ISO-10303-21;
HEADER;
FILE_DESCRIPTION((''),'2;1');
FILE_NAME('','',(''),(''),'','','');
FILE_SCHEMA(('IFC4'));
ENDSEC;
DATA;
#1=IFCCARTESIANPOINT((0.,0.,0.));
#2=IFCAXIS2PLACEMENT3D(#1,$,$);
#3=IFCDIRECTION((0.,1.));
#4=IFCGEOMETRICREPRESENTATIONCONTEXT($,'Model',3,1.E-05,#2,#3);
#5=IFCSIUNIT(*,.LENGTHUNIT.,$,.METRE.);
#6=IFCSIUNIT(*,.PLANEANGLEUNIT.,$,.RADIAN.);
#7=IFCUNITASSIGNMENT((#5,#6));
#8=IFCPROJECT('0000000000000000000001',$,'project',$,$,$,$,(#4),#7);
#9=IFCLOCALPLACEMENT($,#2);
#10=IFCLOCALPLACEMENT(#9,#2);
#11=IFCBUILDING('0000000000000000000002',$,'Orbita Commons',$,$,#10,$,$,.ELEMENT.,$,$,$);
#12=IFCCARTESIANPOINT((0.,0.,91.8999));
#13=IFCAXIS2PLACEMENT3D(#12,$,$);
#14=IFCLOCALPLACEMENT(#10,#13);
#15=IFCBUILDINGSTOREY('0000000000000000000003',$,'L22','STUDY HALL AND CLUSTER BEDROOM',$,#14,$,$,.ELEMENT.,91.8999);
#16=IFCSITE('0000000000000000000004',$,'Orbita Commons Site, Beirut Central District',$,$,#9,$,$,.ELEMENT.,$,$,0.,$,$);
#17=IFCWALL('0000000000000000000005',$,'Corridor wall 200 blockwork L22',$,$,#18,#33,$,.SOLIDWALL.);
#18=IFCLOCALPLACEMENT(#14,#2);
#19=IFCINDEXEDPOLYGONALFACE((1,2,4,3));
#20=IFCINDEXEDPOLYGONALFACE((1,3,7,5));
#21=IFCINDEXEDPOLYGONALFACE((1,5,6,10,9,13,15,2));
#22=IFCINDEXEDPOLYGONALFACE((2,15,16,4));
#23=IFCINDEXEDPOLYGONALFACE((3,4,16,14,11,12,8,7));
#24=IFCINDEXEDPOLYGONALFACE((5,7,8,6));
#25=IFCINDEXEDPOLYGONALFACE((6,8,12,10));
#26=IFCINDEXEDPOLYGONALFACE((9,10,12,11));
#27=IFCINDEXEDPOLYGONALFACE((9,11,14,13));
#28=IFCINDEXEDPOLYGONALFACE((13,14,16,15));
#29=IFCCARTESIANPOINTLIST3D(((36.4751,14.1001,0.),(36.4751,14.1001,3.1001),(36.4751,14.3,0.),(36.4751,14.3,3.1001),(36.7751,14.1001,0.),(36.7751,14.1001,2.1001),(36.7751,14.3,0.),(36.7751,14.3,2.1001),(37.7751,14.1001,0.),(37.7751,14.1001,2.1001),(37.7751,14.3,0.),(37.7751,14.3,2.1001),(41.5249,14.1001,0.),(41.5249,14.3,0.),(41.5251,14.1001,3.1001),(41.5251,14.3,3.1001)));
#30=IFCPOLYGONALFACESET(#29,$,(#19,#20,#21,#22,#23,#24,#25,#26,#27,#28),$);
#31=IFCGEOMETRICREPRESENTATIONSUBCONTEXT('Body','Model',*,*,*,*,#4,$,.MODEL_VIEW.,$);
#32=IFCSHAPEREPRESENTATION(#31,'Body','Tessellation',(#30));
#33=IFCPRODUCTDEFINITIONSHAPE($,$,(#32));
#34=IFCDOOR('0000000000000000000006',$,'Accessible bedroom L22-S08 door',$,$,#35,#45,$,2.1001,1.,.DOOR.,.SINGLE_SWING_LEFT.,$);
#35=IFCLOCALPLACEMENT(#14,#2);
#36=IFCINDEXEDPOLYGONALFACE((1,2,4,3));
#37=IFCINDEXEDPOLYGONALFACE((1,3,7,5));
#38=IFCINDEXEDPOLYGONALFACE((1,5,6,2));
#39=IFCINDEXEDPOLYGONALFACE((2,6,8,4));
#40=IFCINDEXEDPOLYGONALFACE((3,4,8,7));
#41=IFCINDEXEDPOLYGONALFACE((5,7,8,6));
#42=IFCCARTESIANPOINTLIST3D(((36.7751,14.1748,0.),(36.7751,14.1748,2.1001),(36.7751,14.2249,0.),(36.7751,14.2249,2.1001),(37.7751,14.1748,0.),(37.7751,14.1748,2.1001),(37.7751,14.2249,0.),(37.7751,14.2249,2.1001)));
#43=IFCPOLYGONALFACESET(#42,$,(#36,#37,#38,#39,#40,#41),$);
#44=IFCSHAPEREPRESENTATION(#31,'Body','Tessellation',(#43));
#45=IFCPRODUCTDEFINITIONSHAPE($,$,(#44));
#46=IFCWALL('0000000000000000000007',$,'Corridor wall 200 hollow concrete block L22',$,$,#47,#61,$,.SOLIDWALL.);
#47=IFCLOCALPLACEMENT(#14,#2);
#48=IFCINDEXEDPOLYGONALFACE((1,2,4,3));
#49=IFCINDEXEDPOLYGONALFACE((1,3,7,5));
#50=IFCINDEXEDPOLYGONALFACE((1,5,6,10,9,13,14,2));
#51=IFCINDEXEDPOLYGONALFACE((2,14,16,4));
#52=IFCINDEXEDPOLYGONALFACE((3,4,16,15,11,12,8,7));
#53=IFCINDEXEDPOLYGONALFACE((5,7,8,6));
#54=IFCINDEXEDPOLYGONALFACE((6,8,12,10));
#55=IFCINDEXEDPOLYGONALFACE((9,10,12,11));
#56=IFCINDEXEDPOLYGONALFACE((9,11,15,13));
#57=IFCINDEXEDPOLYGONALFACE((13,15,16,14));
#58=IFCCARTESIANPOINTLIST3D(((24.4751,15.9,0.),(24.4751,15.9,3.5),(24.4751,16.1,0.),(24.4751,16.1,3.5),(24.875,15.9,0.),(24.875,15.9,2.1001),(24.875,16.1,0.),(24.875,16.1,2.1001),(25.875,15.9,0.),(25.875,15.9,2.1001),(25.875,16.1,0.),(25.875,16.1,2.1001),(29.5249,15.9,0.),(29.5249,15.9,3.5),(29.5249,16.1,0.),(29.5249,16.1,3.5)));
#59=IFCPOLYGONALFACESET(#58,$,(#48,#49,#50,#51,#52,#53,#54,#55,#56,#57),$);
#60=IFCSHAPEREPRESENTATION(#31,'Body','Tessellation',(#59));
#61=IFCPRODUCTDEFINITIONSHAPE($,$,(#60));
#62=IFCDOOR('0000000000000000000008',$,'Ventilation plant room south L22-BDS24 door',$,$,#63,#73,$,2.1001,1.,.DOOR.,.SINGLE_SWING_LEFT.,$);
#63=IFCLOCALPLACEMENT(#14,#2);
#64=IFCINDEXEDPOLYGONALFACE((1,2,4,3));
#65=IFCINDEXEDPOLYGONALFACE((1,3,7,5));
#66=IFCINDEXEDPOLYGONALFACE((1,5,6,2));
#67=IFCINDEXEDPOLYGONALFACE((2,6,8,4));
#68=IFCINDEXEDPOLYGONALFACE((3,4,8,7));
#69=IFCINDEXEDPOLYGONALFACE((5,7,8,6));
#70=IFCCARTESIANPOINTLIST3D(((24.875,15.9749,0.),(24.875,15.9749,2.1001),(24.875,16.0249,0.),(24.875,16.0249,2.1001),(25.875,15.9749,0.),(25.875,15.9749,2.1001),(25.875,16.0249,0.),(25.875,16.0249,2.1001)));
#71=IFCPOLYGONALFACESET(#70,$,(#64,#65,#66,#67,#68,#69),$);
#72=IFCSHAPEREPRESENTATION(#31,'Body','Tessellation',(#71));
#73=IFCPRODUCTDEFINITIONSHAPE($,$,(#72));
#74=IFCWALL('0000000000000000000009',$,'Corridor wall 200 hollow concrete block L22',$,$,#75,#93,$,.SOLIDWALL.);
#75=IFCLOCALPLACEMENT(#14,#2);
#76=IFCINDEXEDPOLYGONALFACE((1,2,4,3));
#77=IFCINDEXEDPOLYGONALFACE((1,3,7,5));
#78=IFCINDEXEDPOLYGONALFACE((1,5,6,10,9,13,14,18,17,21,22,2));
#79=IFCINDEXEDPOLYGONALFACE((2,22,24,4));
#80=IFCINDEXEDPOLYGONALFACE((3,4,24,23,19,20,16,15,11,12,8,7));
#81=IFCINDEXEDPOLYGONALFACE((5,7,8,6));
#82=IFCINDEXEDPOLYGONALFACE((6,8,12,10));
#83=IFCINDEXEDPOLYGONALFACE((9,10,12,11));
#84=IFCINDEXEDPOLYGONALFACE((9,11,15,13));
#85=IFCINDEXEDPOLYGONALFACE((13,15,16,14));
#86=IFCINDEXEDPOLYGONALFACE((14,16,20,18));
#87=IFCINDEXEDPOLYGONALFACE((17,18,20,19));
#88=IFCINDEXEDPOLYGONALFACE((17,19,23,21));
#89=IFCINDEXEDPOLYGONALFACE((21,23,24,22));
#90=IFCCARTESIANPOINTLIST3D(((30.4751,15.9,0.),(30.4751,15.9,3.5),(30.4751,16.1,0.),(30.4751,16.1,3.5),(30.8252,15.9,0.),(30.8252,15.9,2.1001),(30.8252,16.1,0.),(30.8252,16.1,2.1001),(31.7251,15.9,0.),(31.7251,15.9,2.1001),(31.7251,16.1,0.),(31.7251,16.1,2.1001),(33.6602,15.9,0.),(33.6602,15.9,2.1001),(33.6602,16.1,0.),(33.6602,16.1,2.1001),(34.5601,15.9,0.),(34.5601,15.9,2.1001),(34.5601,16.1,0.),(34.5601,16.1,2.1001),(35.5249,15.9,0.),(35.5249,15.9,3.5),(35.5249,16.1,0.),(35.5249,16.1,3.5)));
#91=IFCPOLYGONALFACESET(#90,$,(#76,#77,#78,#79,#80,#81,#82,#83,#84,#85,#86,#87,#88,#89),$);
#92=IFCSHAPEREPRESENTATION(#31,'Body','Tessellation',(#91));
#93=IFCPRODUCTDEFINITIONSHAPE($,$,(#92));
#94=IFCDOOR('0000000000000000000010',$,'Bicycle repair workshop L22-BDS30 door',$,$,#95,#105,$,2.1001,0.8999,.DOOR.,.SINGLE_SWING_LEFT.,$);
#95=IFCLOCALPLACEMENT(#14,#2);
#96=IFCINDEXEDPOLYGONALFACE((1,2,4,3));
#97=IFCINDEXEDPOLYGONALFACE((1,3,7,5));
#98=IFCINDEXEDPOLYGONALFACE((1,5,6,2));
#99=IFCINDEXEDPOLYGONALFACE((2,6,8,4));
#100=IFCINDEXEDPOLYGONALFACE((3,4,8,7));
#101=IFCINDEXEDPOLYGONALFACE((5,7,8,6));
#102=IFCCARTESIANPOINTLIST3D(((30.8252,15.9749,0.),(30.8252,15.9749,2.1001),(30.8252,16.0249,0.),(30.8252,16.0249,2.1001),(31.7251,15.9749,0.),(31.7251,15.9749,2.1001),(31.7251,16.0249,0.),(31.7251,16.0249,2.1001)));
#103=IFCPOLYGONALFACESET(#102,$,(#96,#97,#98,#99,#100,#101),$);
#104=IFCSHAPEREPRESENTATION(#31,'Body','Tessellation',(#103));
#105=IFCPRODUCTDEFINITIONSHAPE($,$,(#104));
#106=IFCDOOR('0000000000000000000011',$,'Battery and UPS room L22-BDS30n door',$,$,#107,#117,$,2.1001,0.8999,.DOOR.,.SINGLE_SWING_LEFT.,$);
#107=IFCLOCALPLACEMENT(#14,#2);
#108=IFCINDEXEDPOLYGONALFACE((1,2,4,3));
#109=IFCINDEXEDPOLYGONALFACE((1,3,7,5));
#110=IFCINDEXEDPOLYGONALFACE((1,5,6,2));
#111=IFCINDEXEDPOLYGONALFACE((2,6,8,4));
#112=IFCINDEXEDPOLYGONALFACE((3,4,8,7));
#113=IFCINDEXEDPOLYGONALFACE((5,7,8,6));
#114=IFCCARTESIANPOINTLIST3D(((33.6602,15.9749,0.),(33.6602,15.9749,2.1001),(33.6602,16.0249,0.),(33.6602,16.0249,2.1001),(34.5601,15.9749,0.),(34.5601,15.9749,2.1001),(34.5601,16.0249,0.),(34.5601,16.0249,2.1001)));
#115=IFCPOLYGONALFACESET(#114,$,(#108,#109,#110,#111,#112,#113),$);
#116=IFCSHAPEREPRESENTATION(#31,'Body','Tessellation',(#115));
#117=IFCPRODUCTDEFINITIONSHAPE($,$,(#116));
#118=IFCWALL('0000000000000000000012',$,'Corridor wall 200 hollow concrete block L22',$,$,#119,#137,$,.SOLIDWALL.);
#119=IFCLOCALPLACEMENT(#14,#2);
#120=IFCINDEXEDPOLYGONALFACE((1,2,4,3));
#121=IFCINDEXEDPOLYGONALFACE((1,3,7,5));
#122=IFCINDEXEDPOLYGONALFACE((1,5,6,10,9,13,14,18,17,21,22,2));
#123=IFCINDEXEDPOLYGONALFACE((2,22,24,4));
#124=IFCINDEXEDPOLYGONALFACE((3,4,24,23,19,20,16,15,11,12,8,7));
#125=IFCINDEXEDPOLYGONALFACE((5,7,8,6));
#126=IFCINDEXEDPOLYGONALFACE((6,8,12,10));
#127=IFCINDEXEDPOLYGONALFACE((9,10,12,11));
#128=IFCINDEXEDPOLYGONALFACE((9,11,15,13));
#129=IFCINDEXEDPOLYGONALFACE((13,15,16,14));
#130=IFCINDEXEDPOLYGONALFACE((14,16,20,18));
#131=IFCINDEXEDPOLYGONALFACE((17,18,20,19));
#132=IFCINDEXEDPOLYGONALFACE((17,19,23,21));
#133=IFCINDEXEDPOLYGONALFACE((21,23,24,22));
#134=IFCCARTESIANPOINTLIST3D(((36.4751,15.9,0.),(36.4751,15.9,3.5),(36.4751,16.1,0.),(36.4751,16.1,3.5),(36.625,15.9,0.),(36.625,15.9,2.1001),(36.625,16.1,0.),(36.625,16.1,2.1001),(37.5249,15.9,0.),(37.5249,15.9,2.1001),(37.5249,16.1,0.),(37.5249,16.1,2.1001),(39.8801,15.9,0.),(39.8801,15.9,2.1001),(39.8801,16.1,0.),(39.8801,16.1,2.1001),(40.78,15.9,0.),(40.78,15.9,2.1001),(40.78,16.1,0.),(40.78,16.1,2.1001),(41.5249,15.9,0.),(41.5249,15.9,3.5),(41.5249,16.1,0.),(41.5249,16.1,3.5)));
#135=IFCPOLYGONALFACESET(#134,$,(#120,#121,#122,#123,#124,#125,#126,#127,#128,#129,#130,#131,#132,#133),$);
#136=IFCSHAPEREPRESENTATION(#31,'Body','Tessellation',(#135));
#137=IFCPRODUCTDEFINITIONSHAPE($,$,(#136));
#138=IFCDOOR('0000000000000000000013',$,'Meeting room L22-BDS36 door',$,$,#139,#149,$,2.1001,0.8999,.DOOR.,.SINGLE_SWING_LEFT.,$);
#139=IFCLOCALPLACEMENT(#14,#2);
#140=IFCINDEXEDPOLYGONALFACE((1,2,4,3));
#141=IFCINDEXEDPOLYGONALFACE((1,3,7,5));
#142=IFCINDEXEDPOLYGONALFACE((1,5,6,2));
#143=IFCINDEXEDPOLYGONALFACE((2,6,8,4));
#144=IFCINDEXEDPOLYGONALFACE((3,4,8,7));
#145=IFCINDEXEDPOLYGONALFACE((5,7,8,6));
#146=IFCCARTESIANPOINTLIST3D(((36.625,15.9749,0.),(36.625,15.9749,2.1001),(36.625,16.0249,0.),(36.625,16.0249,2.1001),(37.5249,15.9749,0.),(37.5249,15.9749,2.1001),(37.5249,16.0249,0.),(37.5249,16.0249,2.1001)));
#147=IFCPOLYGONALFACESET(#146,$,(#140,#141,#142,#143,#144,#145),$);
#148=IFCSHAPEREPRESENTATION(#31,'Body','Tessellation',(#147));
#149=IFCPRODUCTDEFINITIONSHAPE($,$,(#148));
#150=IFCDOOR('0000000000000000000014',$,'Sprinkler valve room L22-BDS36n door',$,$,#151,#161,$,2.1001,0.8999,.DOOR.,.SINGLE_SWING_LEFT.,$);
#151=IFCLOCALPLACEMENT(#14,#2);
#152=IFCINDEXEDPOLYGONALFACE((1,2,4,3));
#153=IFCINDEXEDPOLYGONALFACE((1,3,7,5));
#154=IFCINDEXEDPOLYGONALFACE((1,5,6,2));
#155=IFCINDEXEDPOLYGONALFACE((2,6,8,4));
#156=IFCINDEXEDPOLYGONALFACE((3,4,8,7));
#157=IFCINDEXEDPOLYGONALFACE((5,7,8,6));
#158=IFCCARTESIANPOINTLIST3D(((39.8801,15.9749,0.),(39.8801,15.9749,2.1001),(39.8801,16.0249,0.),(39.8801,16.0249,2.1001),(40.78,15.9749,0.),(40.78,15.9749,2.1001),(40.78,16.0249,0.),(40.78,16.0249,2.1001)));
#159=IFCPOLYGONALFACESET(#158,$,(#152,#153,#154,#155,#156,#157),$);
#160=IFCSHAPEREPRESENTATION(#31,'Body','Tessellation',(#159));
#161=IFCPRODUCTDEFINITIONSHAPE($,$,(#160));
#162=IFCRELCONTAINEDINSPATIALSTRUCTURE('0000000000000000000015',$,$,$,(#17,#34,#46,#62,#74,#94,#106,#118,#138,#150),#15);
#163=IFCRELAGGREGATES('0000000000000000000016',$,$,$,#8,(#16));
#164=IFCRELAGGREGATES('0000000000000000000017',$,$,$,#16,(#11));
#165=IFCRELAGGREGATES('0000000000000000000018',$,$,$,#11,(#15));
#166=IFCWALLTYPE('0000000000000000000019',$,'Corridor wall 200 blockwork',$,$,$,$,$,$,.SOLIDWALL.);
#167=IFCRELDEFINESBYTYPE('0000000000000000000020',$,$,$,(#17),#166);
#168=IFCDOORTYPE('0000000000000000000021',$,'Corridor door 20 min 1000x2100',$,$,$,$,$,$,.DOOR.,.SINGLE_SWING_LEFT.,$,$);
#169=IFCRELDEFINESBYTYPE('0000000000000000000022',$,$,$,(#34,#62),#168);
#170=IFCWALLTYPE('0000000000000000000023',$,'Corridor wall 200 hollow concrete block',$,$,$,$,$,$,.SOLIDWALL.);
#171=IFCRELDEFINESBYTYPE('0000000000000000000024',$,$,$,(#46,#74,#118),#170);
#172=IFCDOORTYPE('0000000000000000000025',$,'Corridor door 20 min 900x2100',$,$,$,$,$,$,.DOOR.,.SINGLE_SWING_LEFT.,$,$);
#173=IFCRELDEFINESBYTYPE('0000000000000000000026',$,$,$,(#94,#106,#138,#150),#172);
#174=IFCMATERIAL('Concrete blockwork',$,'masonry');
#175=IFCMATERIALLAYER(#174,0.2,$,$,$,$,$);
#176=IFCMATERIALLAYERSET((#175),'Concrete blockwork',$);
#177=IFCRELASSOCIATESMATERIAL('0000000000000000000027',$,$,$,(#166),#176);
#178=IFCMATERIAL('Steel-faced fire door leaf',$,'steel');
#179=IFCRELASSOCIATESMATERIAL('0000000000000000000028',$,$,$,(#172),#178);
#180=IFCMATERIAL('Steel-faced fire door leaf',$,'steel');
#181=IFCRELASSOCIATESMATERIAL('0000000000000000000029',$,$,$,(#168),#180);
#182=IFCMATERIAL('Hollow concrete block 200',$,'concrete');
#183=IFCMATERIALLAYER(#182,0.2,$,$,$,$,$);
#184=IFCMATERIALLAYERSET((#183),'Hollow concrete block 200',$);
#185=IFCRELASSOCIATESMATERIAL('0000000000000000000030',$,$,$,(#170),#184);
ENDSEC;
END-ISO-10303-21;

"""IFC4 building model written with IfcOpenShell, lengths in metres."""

from ifc_helpers import new_model, si_unit, direction, frame, frame_2d, origin, place, context, subcontext, project, spatial, polyline, rectangle, outline, extrude, material, layer, layer_set, type_object, element, fill, save


model = new_model("IFC4")

# Units and contexts
model_context = context("Model", 3, precision=1e-05, world=origin(), true_north=direction((0.0, 1.0)))
body_context = subcontext(model_context, "Body", "Model", "MODEL_VIEW")
ifc_project = project(units=[si_unit("LENGTHUNIT", "METRE"), si_unit("PLANEANGLEUNIT", "RADIAN")], contexts=[model_context])

# Site, building, storey
site_placement = place(None, origin())
site = spatial("IfcSite", under=ifc_project, at=site_placement, Name="Orbita Commons Site, Beirut Central District", CompositionType="ELEMENT", RefElevation=0.0)
building_placement = place(site_placement, origin())
building = spatial("IfcBuilding", under=site, at=building_placement, Name="Orbita Commons", CompositionType="ELEMENT")
storey_placement = place(building_placement, frame((0.0, 0.0, 91.8999)))
storey = spatial("IfcBuildingStorey", under=building, at=storey_placement, Name="L22", Description="STUDY HALL AND CLUSTER BEDROOM", CompositionType="ELEMENT", Elevation=91.8999)

# Shared definitions
ifc_material_1 = material(Name="Concrete blockwork", Category="masonry")
ifc_layer_1 = layer(ifc_material_1, 0.2)
ifc_layer_set_1 = layer_set([ifc_layer_1], Name="Concrete blockwork")
wall_type_1 = type_object("IfcWallType", Name="Corridor wall 200 blockwork", PredefinedType="SOLIDWALL", material=ifc_layer_set_1)
ifc_material_2 = material(Name="Steel-faced fire door leaf", Category="steel")
door_type_1 = type_object("IfcDoorType", Name="Corridor door 20 min 900x2100", OperationType="SINGLE_SWING_LEFT", PredefinedType="DOOR", material=ifc_material_2)

# Walls, openings, doors
wall_1_placement = place(storey_placement, frame((36.4751, 14.2, 0.0), z_axis=(0.0, 0.0, 1.0), x_axis=(1.0, 0.0, 0.0)))
wall_1 = element("IfcWall", 1, at=wall_1_placement, inside=storey, type_object=wall_type_1, Name="Corridor wall 200 blockwork L22", PredefinedType="SOLIDWALL", context=body_context, shape_type="SweptSolid", body=[
    extrude(outline(polyline([(0.0, 0.0), (5.0498, 0.0), (5.05, 3.1001), (0.0, 3.1001), (0.0, 0.0)])), frame((0.0, 0.1001, 0.0), z_axis=(0.0, -1.0, 0.0), x_axis=(1.0, 0.0, 0.0)), (0.0, 0.0, 1.0), 0.2),
])
opening_1_placement = place(wall_1_placement, frame((0.3, 0.0, 0.0)))
opening_1 = element("IfcOpeningElement", 2, at=opening_1_placement, cuts=wall_1, PredefinedType="OPENING", context=body_context, shape_type="SweptSolid", body=[
    extrude(rectangle(XDim=1.0, YDim=2.1001, at=frame_2d((0.5, 1.05))), frame((0.0, 0.1099, 0.0), z_axis=(0.0, -1.0, 0.0), x_axis=(1.0, 0.0, 0.0)), (0.0, 0.0, 1.0), 0.22),
])
ifc_material_3 = material(Name="Steel-faced fire door leaf", Category="steel")
door_type_2 = type_object("IfcDoorType", Name="Corridor door 20 min 1000x2100", OperationType="SINGLE_SWING_LEFT", PredefinedType="DOOR", material=ifc_material_3)
door_1_placement = place(opening_1_placement, origin())
door_1 = element("IfcDoor", 3, at=door_1_placement, inside=storey, type_object=door_type_2, Name="Accessible bedroom L22-S08 door", OperationType="SINGLE_SWING_LEFT", OverallHeight=2.1001, OverallWidth=1.0, PredefinedType="DOOR", context=body_context, shape_type="SweptSolid", body=[
    extrude(rectangle(XDim=1.0, YDim=2.1001, at=frame_2d((0.5, 1.05))), frame((0.0, 0.0249, 0.0), z_axis=(0.0, -1.0, 0.0), x_axis=(1.0, 0.0, 0.0)), (0.0, 0.0, 1.0), 0.05),
])
fill(opening_1, door_1)
ifc_material_4 = material(Name="Hollow concrete block 200", Category="concrete")
ifc_layer_2 = layer(ifc_material_4, 0.2)
ifc_layer_set_2 = layer_set([ifc_layer_2], Name="Hollow concrete block 200")
wall_type_2 = type_object("IfcWallType", Name="Corridor wall 200 hollow concrete block", PredefinedType="SOLIDWALL", material=ifc_layer_set_2)
wall_2_placement = place(storey_placement, frame((24.4751, 16.0, 0.0), z_axis=(0.0, 0.0, 1.0), x_axis=(1.0, 0.0, 0.0)))
wall_2 = element("IfcWall", 4, at=wall_2_placement, inside=storey, type_object=wall_type_2, Name="Corridor wall 200 hollow concrete block L22", PredefinedType="SOLIDWALL", context=body_context, shape_type="SweptSolid", body=[
    extrude(rectangle(XDim=5.0498, YDim=0.2, at=frame_2d((2.5249, 0.0))), origin(), (0.0, 0.0, 1.0), 3.5),
])
opening_2_placement = place(wall_2_placement, frame((0.3999, 0.0, 0.0)))
opening_2 = element("IfcOpeningElement", 5, at=opening_2_placement, cuts=wall_2, PredefinedType="OPENING", context=body_context, shape_type="SweptSolid", body=[
    extrude(rectangle(XDim=1.0, YDim=2.1001, at=frame_2d((0.5, 1.05))), frame((0.0, 0.1099, 0.0), z_axis=(0.0, -1.0, 0.0), x_axis=(1.0, 0.0, 0.0)), (0.0, 0.0, 1.0), 0.22),
])
door_2_placement = place(opening_2_placement, origin())
door_2 = element("IfcDoor", 6, at=door_2_placement, inside=storey, type_object=door_type_2, Name="Ventilation plant room south L22-BDS24 door", OperationType="SINGLE_SWING_LEFT", OverallHeight=2.1001, OverallWidth=1.0, PredefinedType="DOOR", context=body_context, shape_type="SweptSolid", body=[
    extrude(rectangle(XDim=1.0, YDim=2.1001, at=frame_2d((0.5, 1.05))), frame((0.0, 0.0249, 0.0), z_axis=(0.0, -1.0, 0.0), x_axis=(1.0, 0.0, 0.0)), (0.0, 0.0, 1.0), 0.05),
])
fill(opening_2, door_2)

# Walls, openings, doors
wall_3_placement = place(storey_placement, frame((30.4751, 16.0, 0.0), z_axis=(0.0, 0.0, 1.0), x_axis=(1.0, 0.0, 0.0)))
wall_3 = element("IfcWall", 7, at=wall_3_placement, inside=storey, type_object=wall_type_2, Name="Corridor wall 200 hollow concrete block L22", PredefinedType="SOLIDWALL", context=body_context, shape_type="SweptSolid", body=[
    extrude(rectangle(XDim=5.0498, YDim=0.2, at=frame_2d((2.5249, 0.0))), origin(), (0.0, 0.0, 1.0), 3.5),
])
opening_3_placement = place(wall_3_placement, frame((0.3501, 0.0, 0.0)))
opening_3 = element("IfcOpeningElement", 8, at=opening_3_placement, cuts=wall_3, PredefinedType="OPENING", context=body_context, shape_type="SweptSolid", body=[
    extrude(rectangle(XDim=0.8999, YDim=2.1001, at=frame_2d((0.45, 1.05))), frame((0.0, 0.1099, 0.0), z_axis=(0.0, -1.0, 0.0), x_axis=(1.0, 0.0, 0.0)), (0.0, 0.0, 1.0), 0.22),
])
opening_4_placement = place(wall_3_placement, frame((3.1851, 0.0, 0.0)))
opening_4 = element("IfcOpeningElement", 9, at=opening_4_placement, cuts=wall_3, PredefinedType="OPENING", context=body_context, shape_type="SweptSolid", body=[
    extrude(rectangle(XDim=0.8999, YDim=2.1001, at=frame_2d((0.45, 1.05))), frame((0.0, 0.1099, 0.0), z_axis=(0.0, -1.0, 0.0), x_axis=(1.0, 0.0, 0.0)), (0.0, 0.0, 1.0), 0.22),
])
door_3_placement = place(opening_3_placement, origin())
door_3 = element("IfcDoor", 10, at=door_3_placement, inside=storey, type_object=door_type_1, Name="Bicycle repair workshop L22-BDS30 door", OperationType="SINGLE_SWING_LEFT", OverallHeight=2.1001, OverallWidth=0.8999, PredefinedType="DOOR", context=body_context, shape_type="SweptSolid", body=[
    extrude(rectangle(XDim=0.8999, YDim=2.1001, at=frame_2d((0.45, 1.05))), frame((0.0, 0.0249, 0.0), z_axis=(0.0, -1.0, 0.0), x_axis=(1.0, 0.0, 0.0)), (0.0, 0.0, 1.0), 0.05),
])
fill(opening_3, door_3)
door_4_placement = place(opening_4_placement, origin())
door_4 = element("IfcDoor", 11, at=door_4_placement, inside=storey, type_object=door_type_1, Name="Battery and UPS room L22-BDS30n door", OperationType="SINGLE_SWING_LEFT", OverallHeight=2.1001, OverallWidth=0.8999, PredefinedType="DOOR", context=body_context, shape_type="SweptSolid", body=[
    extrude(rectangle(XDim=0.8999, YDim=2.1001, at=frame_2d((0.45, 1.05))), frame((0.0, 0.0249, 0.0), z_axis=(0.0, -1.0, 0.0), x_axis=(1.0, 0.0, 0.0)), (0.0, 0.0, 1.0), 0.05),
])
fill(opening_4, door_4)
wall_4_placement = place(storey_placement, frame((36.4751, 16.0, 0.0), z_axis=(0.0, 0.0, 1.0), x_axis=(1.0, 0.0, 0.0)))
wall_4 = element("IfcWall", 12, at=wall_4_placement, inside=storey, type_object=wall_type_2, Name="Corridor wall 200 hollow concrete block L22", PredefinedType="SOLIDWALL", context=body_context, shape_type="SweptSolid", body=[
    extrude(rectangle(XDim=5.0498, YDim=0.2, at=frame_2d((2.5249, 0.0))), origin(), (0.0, 0.0, 1.0), 3.5),
])
opening_5_placement = place(wall_4_placement, frame((0.1499, 0.0, 0.0)))
opening_5 = element("IfcOpeningElement", 13, at=opening_5_placement, cuts=wall_4, PredefinedType="OPENING", context=body_context, shape_type="SweptSolid", body=[
    extrude(rectangle(XDim=0.8999, YDim=2.1001, at=frame_2d((0.45, 1.05))), frame((0.0, 0.1099, 0.0), z_axis=(0.0, -1.0, 0.0), x_axis=(1.0, 0.0, 0.0)), (0.0, 0.0, 1.0), 0.22),
])
opening_6_placement = place(wall_4_placement, frame((3.405, 0.0, 0.0)))
opening_6 = element("IfcOpeningElement", 14, at=opening_6_placement, cuts=wall_4, PredefinedType="OPENING", context=body_context, shape_type="SweptSolid", body=[
    extrude(rectangle(XDim=0.8999, YDim=2.1001, at=frame_2d((0.45, 1.05))), frame((0.0, 0.1099, 0.0), z_axis=(0.0, -1.0, 0.0), x_axis=(1.0, 0.0, 0.0)), (0.0, 0.0, 1.0), 0.22),
])
door_5_placement = place(opening_5_placement, origin())
door_5 = element("IfcDoor", 15, at=door_5_placement, inside=storey, type_object=door_type_1, Name="Meeting room L22-BDS36 door", OperationType="SINGLE_SWING_LEFT", OverallHeight=2.1001, OverallWidth=0.8999, PredefinedType="DOOR", context=body_context, shape_type="SweptSolid", body=[
    extrude(rectangle(XDim=0.8999, YDim=2.1001, at=frame_2d((0.45, 1.05))), frame((0.0, 0.0249, 0.0), z_axis=(0.0, -1.0, 0.0), x_axis=(1.0, 0.0, 0.0)), (0.0, 0.0, 1.0), 0.05),
])
fill(opening_5, door_5)
door_6_placement = place(opening_6_placement, origin())
door_6 = element("IfcDoor", 16, at=door_6_placement, inside=storey, type_object=door_type_1, Name="Sprinkler valve room L22-BDS36n door", OperationType="SINGLE_SWING_LEFT", OverallHeight=2.1001, OverallWidth=0.8999, PredefinedType="DOOR", context=body_context, shape_type="SweptSolid", body=[
    extrude(rectangle(XDim=0.8999, YDim=2.1001, at=frame_2d((0.45, 1.05))), frame((0.0, 0.0249, 0.0), z_axis=(0.0, -1.0, 0.0), x_axis=(1.0, 0.0, 0.0)), (0.0, 0.0, 1.0), 0.05),
])
fill(opening_6, door_6)

save(model, "model.ifc")
